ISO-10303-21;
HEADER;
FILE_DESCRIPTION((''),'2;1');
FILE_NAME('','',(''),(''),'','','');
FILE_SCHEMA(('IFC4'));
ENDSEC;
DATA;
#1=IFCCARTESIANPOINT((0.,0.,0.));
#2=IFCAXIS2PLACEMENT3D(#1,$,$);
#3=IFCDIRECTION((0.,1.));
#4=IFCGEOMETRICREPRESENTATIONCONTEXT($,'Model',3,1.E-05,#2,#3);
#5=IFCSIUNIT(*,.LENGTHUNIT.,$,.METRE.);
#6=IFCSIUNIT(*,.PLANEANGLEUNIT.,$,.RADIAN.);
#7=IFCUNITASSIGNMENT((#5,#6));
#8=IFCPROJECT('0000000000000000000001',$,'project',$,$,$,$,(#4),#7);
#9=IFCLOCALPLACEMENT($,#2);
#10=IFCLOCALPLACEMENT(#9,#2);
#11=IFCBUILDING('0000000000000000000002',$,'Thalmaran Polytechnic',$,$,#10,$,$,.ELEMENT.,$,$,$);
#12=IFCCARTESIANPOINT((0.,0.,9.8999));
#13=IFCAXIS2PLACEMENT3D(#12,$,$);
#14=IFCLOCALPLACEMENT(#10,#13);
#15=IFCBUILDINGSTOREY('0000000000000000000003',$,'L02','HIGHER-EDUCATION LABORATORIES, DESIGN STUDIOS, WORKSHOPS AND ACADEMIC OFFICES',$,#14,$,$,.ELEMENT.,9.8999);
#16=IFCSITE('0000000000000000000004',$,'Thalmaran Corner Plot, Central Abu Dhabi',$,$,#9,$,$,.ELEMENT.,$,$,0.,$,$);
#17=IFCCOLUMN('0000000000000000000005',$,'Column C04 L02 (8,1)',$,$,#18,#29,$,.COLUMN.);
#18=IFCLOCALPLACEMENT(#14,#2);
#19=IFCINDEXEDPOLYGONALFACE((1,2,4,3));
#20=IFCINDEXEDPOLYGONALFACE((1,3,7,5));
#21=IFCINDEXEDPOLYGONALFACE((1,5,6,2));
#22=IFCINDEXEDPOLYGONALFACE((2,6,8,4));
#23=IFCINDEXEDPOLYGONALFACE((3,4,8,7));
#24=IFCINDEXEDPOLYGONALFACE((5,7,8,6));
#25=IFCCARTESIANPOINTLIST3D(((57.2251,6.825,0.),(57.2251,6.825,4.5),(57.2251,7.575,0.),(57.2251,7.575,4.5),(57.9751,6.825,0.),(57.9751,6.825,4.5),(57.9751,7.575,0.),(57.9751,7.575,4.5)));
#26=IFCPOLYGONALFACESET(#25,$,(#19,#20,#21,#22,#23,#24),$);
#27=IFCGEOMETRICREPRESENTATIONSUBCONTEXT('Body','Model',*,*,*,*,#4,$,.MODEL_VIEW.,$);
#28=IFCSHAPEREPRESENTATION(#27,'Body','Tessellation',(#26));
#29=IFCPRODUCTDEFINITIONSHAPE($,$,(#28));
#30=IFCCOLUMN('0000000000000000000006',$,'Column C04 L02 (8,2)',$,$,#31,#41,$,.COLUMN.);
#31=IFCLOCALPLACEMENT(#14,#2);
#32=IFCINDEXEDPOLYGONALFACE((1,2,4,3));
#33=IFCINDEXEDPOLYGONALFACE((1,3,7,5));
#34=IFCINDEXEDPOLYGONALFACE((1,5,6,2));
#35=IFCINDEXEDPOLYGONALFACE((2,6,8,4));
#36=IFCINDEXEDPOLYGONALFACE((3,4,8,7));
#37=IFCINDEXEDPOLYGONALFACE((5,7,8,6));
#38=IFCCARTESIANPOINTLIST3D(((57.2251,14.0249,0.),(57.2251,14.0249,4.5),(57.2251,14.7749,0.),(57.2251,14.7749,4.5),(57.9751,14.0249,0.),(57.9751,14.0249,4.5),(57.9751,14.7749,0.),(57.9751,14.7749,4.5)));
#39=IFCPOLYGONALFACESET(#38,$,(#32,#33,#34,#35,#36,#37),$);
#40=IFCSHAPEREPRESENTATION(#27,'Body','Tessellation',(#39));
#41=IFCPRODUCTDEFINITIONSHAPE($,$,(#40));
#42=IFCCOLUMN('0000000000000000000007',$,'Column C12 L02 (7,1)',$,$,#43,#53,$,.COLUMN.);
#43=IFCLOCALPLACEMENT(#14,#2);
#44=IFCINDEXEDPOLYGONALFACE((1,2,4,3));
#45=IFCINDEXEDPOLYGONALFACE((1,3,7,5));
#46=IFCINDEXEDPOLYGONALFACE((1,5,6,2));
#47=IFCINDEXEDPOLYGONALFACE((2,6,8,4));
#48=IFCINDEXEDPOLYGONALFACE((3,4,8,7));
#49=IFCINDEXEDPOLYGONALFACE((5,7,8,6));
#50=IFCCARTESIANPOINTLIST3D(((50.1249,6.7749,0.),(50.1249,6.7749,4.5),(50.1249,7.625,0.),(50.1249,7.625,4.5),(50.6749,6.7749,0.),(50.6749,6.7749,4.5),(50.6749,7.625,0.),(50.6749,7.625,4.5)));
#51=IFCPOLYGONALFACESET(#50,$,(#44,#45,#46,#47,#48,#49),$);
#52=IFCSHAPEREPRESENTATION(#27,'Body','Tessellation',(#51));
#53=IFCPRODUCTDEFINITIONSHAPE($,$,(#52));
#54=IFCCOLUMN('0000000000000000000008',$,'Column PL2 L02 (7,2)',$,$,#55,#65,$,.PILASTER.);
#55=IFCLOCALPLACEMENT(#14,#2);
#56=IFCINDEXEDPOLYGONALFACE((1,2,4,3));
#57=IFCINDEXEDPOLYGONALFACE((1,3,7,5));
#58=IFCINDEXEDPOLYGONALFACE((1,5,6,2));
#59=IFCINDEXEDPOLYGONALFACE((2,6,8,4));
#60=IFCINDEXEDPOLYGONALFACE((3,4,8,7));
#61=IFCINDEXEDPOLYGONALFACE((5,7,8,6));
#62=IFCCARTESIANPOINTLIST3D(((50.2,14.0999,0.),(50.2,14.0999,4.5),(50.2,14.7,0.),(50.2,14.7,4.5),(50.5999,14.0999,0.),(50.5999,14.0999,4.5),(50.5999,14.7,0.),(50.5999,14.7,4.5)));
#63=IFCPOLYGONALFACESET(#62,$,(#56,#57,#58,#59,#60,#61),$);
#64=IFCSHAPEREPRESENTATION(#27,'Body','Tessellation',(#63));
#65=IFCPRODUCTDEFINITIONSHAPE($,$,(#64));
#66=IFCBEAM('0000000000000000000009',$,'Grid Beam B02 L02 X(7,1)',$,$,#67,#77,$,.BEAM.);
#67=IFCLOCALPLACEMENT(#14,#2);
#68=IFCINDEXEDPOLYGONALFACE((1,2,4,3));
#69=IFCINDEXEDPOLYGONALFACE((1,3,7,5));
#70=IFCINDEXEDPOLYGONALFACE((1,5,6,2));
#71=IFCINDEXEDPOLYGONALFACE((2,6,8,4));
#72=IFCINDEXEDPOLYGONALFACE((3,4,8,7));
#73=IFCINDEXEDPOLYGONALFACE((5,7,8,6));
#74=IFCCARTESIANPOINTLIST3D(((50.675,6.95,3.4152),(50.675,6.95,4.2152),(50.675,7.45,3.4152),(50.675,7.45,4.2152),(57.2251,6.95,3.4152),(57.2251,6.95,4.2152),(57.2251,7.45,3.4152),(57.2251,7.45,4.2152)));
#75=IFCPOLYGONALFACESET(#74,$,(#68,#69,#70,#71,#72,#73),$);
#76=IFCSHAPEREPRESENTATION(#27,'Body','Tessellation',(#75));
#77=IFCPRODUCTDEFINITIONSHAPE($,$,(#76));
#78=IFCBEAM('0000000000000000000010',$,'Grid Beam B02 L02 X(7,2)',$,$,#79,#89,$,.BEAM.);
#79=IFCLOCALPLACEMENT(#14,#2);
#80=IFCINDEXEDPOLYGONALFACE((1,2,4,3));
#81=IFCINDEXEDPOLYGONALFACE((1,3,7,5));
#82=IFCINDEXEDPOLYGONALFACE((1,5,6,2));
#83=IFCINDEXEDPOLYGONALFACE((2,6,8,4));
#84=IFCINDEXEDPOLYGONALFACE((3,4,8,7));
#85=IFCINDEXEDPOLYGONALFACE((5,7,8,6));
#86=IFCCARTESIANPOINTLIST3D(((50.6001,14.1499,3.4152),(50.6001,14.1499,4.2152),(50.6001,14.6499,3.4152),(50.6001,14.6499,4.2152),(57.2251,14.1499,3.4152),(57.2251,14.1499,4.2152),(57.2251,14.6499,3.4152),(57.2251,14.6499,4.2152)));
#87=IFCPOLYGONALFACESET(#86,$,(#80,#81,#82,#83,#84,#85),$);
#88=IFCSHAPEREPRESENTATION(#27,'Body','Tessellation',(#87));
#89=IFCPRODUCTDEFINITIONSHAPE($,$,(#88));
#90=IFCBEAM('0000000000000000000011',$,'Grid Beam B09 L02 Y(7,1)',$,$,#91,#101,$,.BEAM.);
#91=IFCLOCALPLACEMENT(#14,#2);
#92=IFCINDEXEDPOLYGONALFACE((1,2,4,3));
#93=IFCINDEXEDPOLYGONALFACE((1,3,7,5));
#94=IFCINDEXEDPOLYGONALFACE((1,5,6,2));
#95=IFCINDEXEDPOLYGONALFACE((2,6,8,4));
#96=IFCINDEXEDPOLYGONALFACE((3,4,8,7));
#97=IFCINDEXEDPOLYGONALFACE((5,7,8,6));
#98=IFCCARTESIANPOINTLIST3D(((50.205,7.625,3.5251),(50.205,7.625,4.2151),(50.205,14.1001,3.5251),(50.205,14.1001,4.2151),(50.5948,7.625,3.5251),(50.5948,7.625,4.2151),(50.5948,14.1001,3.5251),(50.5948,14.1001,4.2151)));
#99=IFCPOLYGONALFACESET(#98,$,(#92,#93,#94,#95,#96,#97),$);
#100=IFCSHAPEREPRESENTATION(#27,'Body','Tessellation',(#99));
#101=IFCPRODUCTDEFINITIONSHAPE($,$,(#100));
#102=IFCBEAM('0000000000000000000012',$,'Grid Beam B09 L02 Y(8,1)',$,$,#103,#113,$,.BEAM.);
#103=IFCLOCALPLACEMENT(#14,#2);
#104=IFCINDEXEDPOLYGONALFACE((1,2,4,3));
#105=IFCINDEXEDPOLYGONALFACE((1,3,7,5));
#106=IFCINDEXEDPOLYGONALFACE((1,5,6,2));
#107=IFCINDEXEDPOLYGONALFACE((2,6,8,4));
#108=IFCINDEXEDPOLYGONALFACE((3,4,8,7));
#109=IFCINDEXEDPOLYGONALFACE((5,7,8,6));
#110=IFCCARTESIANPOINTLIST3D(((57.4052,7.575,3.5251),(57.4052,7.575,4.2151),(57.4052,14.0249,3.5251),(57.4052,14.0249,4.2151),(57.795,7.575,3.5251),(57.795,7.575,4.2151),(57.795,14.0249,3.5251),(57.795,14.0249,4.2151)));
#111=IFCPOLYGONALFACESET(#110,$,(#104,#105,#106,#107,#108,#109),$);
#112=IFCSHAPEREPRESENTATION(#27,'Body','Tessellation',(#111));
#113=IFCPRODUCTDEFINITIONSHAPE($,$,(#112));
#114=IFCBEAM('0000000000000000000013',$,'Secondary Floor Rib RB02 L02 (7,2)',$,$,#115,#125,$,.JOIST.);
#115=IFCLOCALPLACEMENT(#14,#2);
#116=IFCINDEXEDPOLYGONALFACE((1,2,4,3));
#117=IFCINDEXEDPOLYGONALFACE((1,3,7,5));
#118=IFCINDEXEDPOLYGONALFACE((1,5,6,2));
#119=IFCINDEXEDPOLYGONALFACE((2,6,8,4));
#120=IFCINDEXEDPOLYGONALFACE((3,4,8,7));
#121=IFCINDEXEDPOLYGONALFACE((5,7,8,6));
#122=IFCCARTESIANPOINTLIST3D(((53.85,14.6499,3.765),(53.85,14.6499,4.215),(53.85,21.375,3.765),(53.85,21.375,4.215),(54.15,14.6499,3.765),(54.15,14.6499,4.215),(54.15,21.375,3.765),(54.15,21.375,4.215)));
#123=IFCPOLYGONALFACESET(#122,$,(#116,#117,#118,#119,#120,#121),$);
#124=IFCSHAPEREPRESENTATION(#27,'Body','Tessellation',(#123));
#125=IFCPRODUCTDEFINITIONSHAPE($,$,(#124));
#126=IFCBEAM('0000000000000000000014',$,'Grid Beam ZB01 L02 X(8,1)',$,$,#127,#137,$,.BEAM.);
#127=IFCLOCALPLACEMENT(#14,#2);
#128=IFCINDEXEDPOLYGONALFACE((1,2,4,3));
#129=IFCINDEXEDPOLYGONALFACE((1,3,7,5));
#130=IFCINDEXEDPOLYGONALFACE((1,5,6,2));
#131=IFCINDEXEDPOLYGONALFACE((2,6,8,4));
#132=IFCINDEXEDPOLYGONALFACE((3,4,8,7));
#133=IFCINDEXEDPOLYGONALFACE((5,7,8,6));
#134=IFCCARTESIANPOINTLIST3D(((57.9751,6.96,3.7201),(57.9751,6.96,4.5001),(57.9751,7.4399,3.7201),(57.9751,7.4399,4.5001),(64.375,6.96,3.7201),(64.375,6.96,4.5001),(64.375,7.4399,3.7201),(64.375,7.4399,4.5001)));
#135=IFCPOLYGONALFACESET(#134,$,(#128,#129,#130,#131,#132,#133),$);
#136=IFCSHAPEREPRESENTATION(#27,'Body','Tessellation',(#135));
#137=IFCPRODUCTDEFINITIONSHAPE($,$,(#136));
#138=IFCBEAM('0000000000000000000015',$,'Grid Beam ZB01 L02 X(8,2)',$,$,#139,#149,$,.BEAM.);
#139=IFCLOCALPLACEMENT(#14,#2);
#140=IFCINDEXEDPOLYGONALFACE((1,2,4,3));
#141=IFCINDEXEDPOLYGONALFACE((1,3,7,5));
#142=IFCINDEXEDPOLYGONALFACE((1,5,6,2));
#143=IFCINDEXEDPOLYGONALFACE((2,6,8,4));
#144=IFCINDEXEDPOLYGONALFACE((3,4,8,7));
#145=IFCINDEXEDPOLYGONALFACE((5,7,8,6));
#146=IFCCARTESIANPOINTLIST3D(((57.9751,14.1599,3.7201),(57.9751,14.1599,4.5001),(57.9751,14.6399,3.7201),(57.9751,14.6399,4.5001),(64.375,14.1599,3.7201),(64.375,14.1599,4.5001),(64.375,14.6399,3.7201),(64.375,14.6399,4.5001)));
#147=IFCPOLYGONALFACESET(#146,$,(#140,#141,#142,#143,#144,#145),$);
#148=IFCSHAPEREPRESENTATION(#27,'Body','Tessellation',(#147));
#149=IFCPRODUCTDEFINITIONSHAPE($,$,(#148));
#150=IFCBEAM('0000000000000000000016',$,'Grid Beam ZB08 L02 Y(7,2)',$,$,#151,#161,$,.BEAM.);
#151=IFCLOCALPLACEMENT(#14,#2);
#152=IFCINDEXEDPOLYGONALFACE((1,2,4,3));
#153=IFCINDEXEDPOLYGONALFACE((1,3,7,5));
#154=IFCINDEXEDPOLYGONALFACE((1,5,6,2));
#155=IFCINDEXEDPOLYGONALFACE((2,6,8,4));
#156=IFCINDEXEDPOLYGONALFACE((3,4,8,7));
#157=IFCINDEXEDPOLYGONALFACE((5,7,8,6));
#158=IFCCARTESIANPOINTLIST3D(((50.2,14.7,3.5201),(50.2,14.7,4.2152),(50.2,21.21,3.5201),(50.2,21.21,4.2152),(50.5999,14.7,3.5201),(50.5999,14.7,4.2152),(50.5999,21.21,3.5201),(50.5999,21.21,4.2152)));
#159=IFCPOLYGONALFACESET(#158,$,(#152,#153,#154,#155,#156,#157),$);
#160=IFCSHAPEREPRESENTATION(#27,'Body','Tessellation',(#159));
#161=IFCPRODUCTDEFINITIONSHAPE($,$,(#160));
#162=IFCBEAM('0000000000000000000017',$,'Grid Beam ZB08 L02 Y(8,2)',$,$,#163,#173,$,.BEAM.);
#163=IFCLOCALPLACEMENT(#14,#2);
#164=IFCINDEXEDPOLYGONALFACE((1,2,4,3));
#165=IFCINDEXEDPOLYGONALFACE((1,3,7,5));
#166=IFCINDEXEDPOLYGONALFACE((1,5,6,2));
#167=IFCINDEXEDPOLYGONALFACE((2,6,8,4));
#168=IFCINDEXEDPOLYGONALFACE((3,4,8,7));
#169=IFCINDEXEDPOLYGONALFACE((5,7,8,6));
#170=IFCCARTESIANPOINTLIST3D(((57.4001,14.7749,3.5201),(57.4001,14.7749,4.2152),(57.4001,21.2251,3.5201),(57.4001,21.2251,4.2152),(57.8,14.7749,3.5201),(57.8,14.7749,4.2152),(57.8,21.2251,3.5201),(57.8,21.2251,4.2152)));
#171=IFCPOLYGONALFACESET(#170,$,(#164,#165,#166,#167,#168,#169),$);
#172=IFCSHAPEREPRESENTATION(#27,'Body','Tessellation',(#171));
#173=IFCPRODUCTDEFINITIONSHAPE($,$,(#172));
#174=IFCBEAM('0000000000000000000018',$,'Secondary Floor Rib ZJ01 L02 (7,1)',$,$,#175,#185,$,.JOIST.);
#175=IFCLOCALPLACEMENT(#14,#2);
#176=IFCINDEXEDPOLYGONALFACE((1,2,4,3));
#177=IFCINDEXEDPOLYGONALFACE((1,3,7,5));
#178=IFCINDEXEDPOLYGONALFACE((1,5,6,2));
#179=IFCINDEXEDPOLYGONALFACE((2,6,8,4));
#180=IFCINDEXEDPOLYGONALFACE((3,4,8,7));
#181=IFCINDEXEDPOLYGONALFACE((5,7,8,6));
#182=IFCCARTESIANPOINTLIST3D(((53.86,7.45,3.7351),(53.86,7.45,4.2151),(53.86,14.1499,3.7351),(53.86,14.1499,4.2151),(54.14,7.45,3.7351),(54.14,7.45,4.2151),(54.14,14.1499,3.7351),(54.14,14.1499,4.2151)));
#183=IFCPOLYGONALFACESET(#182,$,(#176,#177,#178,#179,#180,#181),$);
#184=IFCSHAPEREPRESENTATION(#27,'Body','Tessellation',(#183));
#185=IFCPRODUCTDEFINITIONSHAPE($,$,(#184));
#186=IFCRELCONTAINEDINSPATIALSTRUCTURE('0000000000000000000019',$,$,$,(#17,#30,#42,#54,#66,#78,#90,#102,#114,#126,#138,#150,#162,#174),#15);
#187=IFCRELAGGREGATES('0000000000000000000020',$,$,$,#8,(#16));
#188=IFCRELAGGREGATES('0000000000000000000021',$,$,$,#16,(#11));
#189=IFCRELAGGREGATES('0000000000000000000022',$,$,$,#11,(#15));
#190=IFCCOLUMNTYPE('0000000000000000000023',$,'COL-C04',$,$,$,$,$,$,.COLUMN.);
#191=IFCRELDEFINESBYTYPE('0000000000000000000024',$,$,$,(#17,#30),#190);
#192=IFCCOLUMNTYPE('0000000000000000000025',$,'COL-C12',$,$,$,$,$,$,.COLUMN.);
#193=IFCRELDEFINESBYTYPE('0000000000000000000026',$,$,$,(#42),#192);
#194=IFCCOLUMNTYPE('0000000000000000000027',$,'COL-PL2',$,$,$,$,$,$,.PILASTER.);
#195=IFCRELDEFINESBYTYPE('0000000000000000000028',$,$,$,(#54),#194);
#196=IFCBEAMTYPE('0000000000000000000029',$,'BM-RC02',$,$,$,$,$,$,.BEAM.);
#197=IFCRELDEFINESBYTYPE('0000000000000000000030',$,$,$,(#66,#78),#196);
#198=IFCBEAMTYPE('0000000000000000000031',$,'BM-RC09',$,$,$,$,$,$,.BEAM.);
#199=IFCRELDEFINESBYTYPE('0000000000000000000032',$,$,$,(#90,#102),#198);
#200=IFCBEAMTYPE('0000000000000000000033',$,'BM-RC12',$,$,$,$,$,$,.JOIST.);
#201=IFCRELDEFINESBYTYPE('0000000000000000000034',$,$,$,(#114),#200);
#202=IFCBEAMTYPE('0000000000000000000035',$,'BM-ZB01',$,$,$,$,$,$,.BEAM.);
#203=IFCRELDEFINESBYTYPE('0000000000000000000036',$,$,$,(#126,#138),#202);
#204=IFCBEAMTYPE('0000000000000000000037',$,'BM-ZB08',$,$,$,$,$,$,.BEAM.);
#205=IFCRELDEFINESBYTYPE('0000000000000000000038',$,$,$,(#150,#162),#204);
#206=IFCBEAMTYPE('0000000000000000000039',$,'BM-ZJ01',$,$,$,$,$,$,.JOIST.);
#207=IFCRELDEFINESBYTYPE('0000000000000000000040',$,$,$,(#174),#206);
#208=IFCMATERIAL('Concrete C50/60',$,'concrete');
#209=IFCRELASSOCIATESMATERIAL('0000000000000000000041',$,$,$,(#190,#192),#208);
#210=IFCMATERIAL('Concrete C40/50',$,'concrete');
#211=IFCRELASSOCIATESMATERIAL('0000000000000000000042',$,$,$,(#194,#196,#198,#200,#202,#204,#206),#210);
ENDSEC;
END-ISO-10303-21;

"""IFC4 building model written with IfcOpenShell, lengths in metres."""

from ifc_helpers import new_model, si_unit, direction, frame, origin, origin_2d, place, context, subcontext, project, spatial, rectangle, extrude, material, material_profile, profile_set, type_object, element, save


model = new_model("IFC4")

# Units and contexts
model_context = context("Model", 3, precision=1e-05, world=origin(), true_north=direction((0.0, 1.0)))
body_context = subcontext(model_context, "Body", "Model", "MODEL_VIEW")
ifc_project = project(units=[si_unit("LENGTHUNIT", "METRE"), si_unit("PLANEANGLEUNIT", "RADIAN")], contexts=[model_context])

# Site, building, storey
site_placement = place(None, origin())
site = spatial("IfcSite", under=ifc_project, at=site_placement, Name="Thalmaran Corner Plot, Central Abu Dhabi", CompositionType="ELEMENT", RefElevation=0.0)
building_placement = place(site_placement, origin())
building = spatial("IfcBuilding", under=site, at=building_placement, Name="Thalmaran Polytechnic", CompositionType="ELEMENT")
storey_placement = place(building_placement, frame((0.0, 0.0, 9.8999)))
storey = spatial("IfcBuildingStorey", under=building, at=storey_placement, Name="L02", Description="HIGHER-EDUCATION LABORATORIES, DESIGN STUDIOS, WORKSHOPS AND ACADEMIC OFFICES", CompositionType="ELEMENT", Elevation=9.8999)

# Columns
ifc_material_1 = material(Name="Concrete C50/60", Category="concrete")
ifc_material_profile_1 = material_profile(ifc_material_1, rectangle(XDim=0.75, YDim=0.75, at=origin_2d()), Name="RC 750x750")
ifc_profile_set_1 = profile_set([ifc_material_profile_1], Name="Concrete C50/60")
column_type_1 = type_object("IfcColumnType", Name="COL-C04", PredefinedType="COLUMN", material=ifc_profile_set_1)
for number, where, z_axis, x_axis, name in (
    (1, (57.6001, 7.2, 0.0), (0.0, 0.0, 1.0), (1.0, 0.0, 0.0), "Column C04 L02 (8,1)"),
    (2, (57.6001, 14.3999, 0.0), (0.0, 0.0, 1.0), (1.0, 0.0, 0.0), "Column C04 L02 (8,2)"),
):
    element("IfcColumn", number, at=place(storey_placement, frame(where, z_axis=z_axis, x_axis=x_axis)), inside=storey, type_object=column_type_1, Name=name, PredefinedType="COLUMN", context=body_context, shape_type="SweptSolid", body=[
        extrude(rectangle(XDim=0.75, YDim=0.75, at=origin_2d()), origin(), (0.0, 0.0, 1.0), 4.5),
    ])
ifc_material_profile_2 = material_profile(ifc_material_1, rectangle(XDim=0.55, YDim=0.8501, at=origin_2d()), Name="RC 550x850")
ifc_profile_set_2 = profile_set([ifc_material_profile_2], Name="Concrete C50/60")
column_type_2 = type_object("IfcColumnType", Name="COL-C12", PredefinedType="COLUMN", material=ifc_profile_set_2)
column_1_placement = place(storey_placement, frame((50.3999, 7.2, 0.0), z_axis=(0.0, 0.0, 1.0), x_axis=(1.0, 0.0, 0.0)))
element("IfcColumn", 3, at=column_1_placement, inside=storey, type_object=column_type_2, Name="Column C12 L02 (7,1)", PredefinedType="COLUMN", context=body_context, shape_type="SweptSolid", body=[
    extrude(rectangle(XDim=0.55, YDim=0.8501, at=origin_2d()), origin(), (0.0, 0.0, 1.0), 4.5),
])
ifc_material_2 = material(Name="Concrete C40/50", Category="concrete")
ifc_material_profile_3 = material_profile(ifc_material_2, rectangle(XDim=0.3999, YDim=0.6001, at=origin_2d()), Name="RC 400x600")
ifc_profile_set_3 = profile_set([ifc_material_profile_3], Name="Concrete C40/50")
column_type_3 = type_object("IfcColumnType", Name="COL-PL2", PredefinedType="PILASTER", material=ifc_profile_set_3)
column_2_placement = place(storey_placement, frame((50.3999, 14.3999, 0.0), z_axis=(0.0, 0.0, 1.0), x_axis=(1.0, 0.0, 0.0)))
element("IfcColumn", 4, at=column_2_placement, inside=storey, type_object=column_type_3, Name="Column PL2 L02 (7,2)", PredefinedType="PILASTER", context=body_context, shape_type="SweptSolid", body=[
    extrude(rectangle(XDim=0.3999, YDim=0.6001, at=origin_2d()), origin(), (0.0, 0.0, 1.0), 4.5),
])

# Beams
ifc_material_profile_4 = material_profile(ifc_material_2, rectangle(XDim=0.5, YDim=0.8, at=origin_2d()), Name="RC 500x800")
ifc_profile_set_4 = profile_set([ifc_material_profile_4], Name="Concrete C40/50")
beam_type_1 = type_object("IfcBeamType", Name="BM-RC02", PredefinedType="BEAM", material=ifc_profile_set_4)
beam_1_placement = place(storey_placement, frame((50.675, 7.2, 3.8152), z_axis=(1.0, 0.0, 0.0), x_axis=(0.0, 1.0, 0.0)))
element("IfcBeam", 5, at=beam_1_placement, inside=storey, type_object=beam_type_1, Name="Grid Beam B02 L02 X(7,1)", PredefinedType="BEAM", context=body_context, shape_type="SweptSolid", body=[
    extrude(rectangle(XDim=0.5, YDim=0.8, at=origin_2d()), origin(), (0.0, 0.0, 1.0), 6.55),
])
beam_2_placement = place(storey_placement, frame((50.6001, 14.3999, 3.8152), z_axis=(1.0, 0.0, 0.0), x_axis=(0.0, 1.0, 0.0)))
element("IfcBeam", 6, at=beam_2_placement, inside=storey, type_object=beam_type_1, Name="Grid Beam B02 L02 X(7,2)", PredefinedType="BEAM", context=body_context, shape_type="SweptSolid", body=[
    extrude(rectangle(XDim=0.5, YDim=0.8, at=origin_2d()), origin(), (0.0, 0.0, 1.0), 6.625),
])
ifc_material_profile_5 = material_profile(ifc_material_2, rectangle(XDim=0.3899, YDim=0.6899, at=origin_2d()), Name="RC 390x690")
ifc_profile_set_5 = profile_set([ifc_material_profile_5], Name="Concrete C40/50")
beam_type_2 = type_object("IfcBeamType", Name="BM-RC09", PredefinedType="BEAM", material=ifc_profile_set_5)
beam_3_placement = place(storey_placement, frame((50.3999, 7.625, 3.8701), z_axis=(0.0, 1.0, 0.0), x_axis=(-1.0, 0.0, 0.0)))
element("IfcBeam", 7, at=beam_3_placement, inside=storey, type_object=beam_type_2, Name="Grid Beam B09 L02 Y(7,1)", PredefinedType="BEAM", context=body_context, shape_type="SweptSolid", body=[
    extrude(rectangle(XDim=0.3899, YDim=0.6899, at=origin_2d()), origin(), (0.0, 0.0, 1.0), 6.4751),
])
beam_4_placement = place(storey_placement, frame((57.6001, 7.575, 3.8701), z_axis=(0.0, 1.0, 0.0), x_axis=(-1.0, 0.0, 0.0)))
element("IfcBeam", 8, at=beam_4_placement, inside=storey, type_object=beam_type_2, Name="Grid Beam B09 L02 Y(8,1)", PredefinedType="BEAM", context=body_context, shape_type="SweptSolid", body=[
    extrude(rectangle(XDim=0.3899, YDim=0.6899, at=origin_2d()), origin(), (0.0, 0.0, 1.0), 6.45),
])
ifc_material_profile_6 = material_profile(ifc_material_2, rectangle(XDim=0.3, YDim=0.45, at=origin_2d()), Name="RC 300x450")
ifc_profile_set_6 = profile_set([ifc_material_profile_6], Name="Concrete C40/50")
beam_type_3 = type_object("IfcBeamType", Name="BM-RC12", PredefinedType="JOIST", material=ifc_profile_set_6)
beam_5_placement = place(storey_placement, frame((54.0, 14.6499, 3.99), z_axis=(0.0, 1.0, 0.0), x_axis=(-1.0, 0.0, 0.0)))
element("IfcBeam", 9, at=beam_5_placement, inside=storey, type_object=beam_type_3, Name="Secondary Floor Rib RB02 L02 (7,2)", PredefinedType="JOIST", context=body_context, shape_type="SweptSolid", body=[
    extrude(rectangle(XDim=0.3, YDim=0.45, at=origin_2d()), origin(), (0.0, 0.0, 1.0), 6.7251),
])
ifc_material_profile_7 = material_profile(ifc_material_2, rectangle(XDim=0.48, YDim=0.78, at=origin_2d()), Name="RC 480x780")
ifc_profile_set_7 = profile_set([ifc_material_profile_7], Name="Concrete C40/50")
beam_type_4 = type_object("IfcBeamType", Name="BM-ZB01", PredefinedType="BEAM", material=ifc_profile_set_7)
for number, where, z_axis, x_axis, name in (
    (10, (57.9751, 7.2, 4.1101), (1.0, 0.0, 0.0), (0.0, 1.0, 0.0), "Grid Beam ZB01 L02 X(8,1)"),
    (11, (57.9751, 14.3999, 4.1101), (1.0, 0.0, 0.0), (0.0, 1.0, 0.0), "Grid Beam ZB01 L02 X(8,2)"),
):
    element("IfcBeam", number, at=place(storey_placement, frame(where, z_axis=z_axis, x_axis=x_axis)), inside=storey, type_object=beam_type_4, Name=name, PredefinedType="BEAM", context=body_context, shape_type="SweptSolid", body=[
        extrude(rectangle(XDim=0.48, YDim=0.78, at=origin_2d()), origin(), (0.0, 0.0, 1.0), 6.3999),
    ])
ifc_material_profile_8 = material_profile(ifc_material_2, rectangle(XDim=0.3999, YDim=0.6951, at=origin_2d()), Name="RC 400x695")
ifc_profile_set_8 = profile_set([ifc_material_profile_8], Name="Concrete C40/50")
beam_type_5 = type_object("IfcBeamType", Name="BM-ZB08", PredefinedType="BEAM", material=ifc_profile_set_8)
beam_6_placement = place(storey_placement, frame((50.3999, 14.7, 3.8677), z_axis=(0.0, 1.0, 0.0), x_axis=(-1.0, 0.0, 0.0)))
element("IfcBeam", 12, at=beam_6_placement, inside=storey, type_object=beam_type_5, Name="Grid Beam ZB08 L02 Y(7,2)", PredefinedType="BEAM", context=body_context, shape_type="SweptSolid", body=[
    extrude(rectangle(XDim=0.3999, YDim=0.6951, at=origin_2d()), origin(), (0.0, 0.0, 1.0), 6.51),
])
beam_7_placement = place(storey_placement, frame((57.6001, 14.7749, 3.8677), z_axis=(0.0, 1.0, 0.0), x_axis=(-1.0, 0.0, 0.0)))
element("IfcBeam", 13, at=beam_7_placement, inside=storey, type_object=beam_type_5, Name="Grid Beam ZB08 L02 Y(8,2)", PredefinedType="BEAM", context=body_context, shape_type="SweptSolid", body=[
    extrude(rectangle(XDim=0.3999, YDim=0.6951, at=origin_2d()), origin(), (0.0, 0.0, 1.0), 6.4502),
])
ifc_material_profile_9 = material_profile(ifc_material_2, rectangle(XDim=0.28, YDim=0.48, at=origin_2d()), Name="RC 280x480")
ifc_profile_set_9 = profile_set([ifc_material_profile_9], Name="Concrete C40/50")
beam_type_6 = type_object("IfcBeamType", Name="BM-ZJ01", PredefinedType="JOIST", material=ifc_profile_set_9)
beam_8_placement = place(storey_placement, frame((54.0, 7.45, 3.9751), z_axis=(0.0, 1.0, 0.0), x_axis=(-1.0, 0.0, 0.0)))
element("IfcBeam", 14, at=beam_8_placement, inside=storey, type_object=beam_type_6, Name="Secondary Floor Rib ZJ01 L02 (7,1)", PredefinedType="JOIST", context=body_context, shape_type="SweptSolid", body=[
    extrude(rectangle(XDim=0.28, YDim=0.48, at=origin_2d()), origin(), (0.0, 0.0, 1.0), 6.7),
])

save(model, "model.ifc")
